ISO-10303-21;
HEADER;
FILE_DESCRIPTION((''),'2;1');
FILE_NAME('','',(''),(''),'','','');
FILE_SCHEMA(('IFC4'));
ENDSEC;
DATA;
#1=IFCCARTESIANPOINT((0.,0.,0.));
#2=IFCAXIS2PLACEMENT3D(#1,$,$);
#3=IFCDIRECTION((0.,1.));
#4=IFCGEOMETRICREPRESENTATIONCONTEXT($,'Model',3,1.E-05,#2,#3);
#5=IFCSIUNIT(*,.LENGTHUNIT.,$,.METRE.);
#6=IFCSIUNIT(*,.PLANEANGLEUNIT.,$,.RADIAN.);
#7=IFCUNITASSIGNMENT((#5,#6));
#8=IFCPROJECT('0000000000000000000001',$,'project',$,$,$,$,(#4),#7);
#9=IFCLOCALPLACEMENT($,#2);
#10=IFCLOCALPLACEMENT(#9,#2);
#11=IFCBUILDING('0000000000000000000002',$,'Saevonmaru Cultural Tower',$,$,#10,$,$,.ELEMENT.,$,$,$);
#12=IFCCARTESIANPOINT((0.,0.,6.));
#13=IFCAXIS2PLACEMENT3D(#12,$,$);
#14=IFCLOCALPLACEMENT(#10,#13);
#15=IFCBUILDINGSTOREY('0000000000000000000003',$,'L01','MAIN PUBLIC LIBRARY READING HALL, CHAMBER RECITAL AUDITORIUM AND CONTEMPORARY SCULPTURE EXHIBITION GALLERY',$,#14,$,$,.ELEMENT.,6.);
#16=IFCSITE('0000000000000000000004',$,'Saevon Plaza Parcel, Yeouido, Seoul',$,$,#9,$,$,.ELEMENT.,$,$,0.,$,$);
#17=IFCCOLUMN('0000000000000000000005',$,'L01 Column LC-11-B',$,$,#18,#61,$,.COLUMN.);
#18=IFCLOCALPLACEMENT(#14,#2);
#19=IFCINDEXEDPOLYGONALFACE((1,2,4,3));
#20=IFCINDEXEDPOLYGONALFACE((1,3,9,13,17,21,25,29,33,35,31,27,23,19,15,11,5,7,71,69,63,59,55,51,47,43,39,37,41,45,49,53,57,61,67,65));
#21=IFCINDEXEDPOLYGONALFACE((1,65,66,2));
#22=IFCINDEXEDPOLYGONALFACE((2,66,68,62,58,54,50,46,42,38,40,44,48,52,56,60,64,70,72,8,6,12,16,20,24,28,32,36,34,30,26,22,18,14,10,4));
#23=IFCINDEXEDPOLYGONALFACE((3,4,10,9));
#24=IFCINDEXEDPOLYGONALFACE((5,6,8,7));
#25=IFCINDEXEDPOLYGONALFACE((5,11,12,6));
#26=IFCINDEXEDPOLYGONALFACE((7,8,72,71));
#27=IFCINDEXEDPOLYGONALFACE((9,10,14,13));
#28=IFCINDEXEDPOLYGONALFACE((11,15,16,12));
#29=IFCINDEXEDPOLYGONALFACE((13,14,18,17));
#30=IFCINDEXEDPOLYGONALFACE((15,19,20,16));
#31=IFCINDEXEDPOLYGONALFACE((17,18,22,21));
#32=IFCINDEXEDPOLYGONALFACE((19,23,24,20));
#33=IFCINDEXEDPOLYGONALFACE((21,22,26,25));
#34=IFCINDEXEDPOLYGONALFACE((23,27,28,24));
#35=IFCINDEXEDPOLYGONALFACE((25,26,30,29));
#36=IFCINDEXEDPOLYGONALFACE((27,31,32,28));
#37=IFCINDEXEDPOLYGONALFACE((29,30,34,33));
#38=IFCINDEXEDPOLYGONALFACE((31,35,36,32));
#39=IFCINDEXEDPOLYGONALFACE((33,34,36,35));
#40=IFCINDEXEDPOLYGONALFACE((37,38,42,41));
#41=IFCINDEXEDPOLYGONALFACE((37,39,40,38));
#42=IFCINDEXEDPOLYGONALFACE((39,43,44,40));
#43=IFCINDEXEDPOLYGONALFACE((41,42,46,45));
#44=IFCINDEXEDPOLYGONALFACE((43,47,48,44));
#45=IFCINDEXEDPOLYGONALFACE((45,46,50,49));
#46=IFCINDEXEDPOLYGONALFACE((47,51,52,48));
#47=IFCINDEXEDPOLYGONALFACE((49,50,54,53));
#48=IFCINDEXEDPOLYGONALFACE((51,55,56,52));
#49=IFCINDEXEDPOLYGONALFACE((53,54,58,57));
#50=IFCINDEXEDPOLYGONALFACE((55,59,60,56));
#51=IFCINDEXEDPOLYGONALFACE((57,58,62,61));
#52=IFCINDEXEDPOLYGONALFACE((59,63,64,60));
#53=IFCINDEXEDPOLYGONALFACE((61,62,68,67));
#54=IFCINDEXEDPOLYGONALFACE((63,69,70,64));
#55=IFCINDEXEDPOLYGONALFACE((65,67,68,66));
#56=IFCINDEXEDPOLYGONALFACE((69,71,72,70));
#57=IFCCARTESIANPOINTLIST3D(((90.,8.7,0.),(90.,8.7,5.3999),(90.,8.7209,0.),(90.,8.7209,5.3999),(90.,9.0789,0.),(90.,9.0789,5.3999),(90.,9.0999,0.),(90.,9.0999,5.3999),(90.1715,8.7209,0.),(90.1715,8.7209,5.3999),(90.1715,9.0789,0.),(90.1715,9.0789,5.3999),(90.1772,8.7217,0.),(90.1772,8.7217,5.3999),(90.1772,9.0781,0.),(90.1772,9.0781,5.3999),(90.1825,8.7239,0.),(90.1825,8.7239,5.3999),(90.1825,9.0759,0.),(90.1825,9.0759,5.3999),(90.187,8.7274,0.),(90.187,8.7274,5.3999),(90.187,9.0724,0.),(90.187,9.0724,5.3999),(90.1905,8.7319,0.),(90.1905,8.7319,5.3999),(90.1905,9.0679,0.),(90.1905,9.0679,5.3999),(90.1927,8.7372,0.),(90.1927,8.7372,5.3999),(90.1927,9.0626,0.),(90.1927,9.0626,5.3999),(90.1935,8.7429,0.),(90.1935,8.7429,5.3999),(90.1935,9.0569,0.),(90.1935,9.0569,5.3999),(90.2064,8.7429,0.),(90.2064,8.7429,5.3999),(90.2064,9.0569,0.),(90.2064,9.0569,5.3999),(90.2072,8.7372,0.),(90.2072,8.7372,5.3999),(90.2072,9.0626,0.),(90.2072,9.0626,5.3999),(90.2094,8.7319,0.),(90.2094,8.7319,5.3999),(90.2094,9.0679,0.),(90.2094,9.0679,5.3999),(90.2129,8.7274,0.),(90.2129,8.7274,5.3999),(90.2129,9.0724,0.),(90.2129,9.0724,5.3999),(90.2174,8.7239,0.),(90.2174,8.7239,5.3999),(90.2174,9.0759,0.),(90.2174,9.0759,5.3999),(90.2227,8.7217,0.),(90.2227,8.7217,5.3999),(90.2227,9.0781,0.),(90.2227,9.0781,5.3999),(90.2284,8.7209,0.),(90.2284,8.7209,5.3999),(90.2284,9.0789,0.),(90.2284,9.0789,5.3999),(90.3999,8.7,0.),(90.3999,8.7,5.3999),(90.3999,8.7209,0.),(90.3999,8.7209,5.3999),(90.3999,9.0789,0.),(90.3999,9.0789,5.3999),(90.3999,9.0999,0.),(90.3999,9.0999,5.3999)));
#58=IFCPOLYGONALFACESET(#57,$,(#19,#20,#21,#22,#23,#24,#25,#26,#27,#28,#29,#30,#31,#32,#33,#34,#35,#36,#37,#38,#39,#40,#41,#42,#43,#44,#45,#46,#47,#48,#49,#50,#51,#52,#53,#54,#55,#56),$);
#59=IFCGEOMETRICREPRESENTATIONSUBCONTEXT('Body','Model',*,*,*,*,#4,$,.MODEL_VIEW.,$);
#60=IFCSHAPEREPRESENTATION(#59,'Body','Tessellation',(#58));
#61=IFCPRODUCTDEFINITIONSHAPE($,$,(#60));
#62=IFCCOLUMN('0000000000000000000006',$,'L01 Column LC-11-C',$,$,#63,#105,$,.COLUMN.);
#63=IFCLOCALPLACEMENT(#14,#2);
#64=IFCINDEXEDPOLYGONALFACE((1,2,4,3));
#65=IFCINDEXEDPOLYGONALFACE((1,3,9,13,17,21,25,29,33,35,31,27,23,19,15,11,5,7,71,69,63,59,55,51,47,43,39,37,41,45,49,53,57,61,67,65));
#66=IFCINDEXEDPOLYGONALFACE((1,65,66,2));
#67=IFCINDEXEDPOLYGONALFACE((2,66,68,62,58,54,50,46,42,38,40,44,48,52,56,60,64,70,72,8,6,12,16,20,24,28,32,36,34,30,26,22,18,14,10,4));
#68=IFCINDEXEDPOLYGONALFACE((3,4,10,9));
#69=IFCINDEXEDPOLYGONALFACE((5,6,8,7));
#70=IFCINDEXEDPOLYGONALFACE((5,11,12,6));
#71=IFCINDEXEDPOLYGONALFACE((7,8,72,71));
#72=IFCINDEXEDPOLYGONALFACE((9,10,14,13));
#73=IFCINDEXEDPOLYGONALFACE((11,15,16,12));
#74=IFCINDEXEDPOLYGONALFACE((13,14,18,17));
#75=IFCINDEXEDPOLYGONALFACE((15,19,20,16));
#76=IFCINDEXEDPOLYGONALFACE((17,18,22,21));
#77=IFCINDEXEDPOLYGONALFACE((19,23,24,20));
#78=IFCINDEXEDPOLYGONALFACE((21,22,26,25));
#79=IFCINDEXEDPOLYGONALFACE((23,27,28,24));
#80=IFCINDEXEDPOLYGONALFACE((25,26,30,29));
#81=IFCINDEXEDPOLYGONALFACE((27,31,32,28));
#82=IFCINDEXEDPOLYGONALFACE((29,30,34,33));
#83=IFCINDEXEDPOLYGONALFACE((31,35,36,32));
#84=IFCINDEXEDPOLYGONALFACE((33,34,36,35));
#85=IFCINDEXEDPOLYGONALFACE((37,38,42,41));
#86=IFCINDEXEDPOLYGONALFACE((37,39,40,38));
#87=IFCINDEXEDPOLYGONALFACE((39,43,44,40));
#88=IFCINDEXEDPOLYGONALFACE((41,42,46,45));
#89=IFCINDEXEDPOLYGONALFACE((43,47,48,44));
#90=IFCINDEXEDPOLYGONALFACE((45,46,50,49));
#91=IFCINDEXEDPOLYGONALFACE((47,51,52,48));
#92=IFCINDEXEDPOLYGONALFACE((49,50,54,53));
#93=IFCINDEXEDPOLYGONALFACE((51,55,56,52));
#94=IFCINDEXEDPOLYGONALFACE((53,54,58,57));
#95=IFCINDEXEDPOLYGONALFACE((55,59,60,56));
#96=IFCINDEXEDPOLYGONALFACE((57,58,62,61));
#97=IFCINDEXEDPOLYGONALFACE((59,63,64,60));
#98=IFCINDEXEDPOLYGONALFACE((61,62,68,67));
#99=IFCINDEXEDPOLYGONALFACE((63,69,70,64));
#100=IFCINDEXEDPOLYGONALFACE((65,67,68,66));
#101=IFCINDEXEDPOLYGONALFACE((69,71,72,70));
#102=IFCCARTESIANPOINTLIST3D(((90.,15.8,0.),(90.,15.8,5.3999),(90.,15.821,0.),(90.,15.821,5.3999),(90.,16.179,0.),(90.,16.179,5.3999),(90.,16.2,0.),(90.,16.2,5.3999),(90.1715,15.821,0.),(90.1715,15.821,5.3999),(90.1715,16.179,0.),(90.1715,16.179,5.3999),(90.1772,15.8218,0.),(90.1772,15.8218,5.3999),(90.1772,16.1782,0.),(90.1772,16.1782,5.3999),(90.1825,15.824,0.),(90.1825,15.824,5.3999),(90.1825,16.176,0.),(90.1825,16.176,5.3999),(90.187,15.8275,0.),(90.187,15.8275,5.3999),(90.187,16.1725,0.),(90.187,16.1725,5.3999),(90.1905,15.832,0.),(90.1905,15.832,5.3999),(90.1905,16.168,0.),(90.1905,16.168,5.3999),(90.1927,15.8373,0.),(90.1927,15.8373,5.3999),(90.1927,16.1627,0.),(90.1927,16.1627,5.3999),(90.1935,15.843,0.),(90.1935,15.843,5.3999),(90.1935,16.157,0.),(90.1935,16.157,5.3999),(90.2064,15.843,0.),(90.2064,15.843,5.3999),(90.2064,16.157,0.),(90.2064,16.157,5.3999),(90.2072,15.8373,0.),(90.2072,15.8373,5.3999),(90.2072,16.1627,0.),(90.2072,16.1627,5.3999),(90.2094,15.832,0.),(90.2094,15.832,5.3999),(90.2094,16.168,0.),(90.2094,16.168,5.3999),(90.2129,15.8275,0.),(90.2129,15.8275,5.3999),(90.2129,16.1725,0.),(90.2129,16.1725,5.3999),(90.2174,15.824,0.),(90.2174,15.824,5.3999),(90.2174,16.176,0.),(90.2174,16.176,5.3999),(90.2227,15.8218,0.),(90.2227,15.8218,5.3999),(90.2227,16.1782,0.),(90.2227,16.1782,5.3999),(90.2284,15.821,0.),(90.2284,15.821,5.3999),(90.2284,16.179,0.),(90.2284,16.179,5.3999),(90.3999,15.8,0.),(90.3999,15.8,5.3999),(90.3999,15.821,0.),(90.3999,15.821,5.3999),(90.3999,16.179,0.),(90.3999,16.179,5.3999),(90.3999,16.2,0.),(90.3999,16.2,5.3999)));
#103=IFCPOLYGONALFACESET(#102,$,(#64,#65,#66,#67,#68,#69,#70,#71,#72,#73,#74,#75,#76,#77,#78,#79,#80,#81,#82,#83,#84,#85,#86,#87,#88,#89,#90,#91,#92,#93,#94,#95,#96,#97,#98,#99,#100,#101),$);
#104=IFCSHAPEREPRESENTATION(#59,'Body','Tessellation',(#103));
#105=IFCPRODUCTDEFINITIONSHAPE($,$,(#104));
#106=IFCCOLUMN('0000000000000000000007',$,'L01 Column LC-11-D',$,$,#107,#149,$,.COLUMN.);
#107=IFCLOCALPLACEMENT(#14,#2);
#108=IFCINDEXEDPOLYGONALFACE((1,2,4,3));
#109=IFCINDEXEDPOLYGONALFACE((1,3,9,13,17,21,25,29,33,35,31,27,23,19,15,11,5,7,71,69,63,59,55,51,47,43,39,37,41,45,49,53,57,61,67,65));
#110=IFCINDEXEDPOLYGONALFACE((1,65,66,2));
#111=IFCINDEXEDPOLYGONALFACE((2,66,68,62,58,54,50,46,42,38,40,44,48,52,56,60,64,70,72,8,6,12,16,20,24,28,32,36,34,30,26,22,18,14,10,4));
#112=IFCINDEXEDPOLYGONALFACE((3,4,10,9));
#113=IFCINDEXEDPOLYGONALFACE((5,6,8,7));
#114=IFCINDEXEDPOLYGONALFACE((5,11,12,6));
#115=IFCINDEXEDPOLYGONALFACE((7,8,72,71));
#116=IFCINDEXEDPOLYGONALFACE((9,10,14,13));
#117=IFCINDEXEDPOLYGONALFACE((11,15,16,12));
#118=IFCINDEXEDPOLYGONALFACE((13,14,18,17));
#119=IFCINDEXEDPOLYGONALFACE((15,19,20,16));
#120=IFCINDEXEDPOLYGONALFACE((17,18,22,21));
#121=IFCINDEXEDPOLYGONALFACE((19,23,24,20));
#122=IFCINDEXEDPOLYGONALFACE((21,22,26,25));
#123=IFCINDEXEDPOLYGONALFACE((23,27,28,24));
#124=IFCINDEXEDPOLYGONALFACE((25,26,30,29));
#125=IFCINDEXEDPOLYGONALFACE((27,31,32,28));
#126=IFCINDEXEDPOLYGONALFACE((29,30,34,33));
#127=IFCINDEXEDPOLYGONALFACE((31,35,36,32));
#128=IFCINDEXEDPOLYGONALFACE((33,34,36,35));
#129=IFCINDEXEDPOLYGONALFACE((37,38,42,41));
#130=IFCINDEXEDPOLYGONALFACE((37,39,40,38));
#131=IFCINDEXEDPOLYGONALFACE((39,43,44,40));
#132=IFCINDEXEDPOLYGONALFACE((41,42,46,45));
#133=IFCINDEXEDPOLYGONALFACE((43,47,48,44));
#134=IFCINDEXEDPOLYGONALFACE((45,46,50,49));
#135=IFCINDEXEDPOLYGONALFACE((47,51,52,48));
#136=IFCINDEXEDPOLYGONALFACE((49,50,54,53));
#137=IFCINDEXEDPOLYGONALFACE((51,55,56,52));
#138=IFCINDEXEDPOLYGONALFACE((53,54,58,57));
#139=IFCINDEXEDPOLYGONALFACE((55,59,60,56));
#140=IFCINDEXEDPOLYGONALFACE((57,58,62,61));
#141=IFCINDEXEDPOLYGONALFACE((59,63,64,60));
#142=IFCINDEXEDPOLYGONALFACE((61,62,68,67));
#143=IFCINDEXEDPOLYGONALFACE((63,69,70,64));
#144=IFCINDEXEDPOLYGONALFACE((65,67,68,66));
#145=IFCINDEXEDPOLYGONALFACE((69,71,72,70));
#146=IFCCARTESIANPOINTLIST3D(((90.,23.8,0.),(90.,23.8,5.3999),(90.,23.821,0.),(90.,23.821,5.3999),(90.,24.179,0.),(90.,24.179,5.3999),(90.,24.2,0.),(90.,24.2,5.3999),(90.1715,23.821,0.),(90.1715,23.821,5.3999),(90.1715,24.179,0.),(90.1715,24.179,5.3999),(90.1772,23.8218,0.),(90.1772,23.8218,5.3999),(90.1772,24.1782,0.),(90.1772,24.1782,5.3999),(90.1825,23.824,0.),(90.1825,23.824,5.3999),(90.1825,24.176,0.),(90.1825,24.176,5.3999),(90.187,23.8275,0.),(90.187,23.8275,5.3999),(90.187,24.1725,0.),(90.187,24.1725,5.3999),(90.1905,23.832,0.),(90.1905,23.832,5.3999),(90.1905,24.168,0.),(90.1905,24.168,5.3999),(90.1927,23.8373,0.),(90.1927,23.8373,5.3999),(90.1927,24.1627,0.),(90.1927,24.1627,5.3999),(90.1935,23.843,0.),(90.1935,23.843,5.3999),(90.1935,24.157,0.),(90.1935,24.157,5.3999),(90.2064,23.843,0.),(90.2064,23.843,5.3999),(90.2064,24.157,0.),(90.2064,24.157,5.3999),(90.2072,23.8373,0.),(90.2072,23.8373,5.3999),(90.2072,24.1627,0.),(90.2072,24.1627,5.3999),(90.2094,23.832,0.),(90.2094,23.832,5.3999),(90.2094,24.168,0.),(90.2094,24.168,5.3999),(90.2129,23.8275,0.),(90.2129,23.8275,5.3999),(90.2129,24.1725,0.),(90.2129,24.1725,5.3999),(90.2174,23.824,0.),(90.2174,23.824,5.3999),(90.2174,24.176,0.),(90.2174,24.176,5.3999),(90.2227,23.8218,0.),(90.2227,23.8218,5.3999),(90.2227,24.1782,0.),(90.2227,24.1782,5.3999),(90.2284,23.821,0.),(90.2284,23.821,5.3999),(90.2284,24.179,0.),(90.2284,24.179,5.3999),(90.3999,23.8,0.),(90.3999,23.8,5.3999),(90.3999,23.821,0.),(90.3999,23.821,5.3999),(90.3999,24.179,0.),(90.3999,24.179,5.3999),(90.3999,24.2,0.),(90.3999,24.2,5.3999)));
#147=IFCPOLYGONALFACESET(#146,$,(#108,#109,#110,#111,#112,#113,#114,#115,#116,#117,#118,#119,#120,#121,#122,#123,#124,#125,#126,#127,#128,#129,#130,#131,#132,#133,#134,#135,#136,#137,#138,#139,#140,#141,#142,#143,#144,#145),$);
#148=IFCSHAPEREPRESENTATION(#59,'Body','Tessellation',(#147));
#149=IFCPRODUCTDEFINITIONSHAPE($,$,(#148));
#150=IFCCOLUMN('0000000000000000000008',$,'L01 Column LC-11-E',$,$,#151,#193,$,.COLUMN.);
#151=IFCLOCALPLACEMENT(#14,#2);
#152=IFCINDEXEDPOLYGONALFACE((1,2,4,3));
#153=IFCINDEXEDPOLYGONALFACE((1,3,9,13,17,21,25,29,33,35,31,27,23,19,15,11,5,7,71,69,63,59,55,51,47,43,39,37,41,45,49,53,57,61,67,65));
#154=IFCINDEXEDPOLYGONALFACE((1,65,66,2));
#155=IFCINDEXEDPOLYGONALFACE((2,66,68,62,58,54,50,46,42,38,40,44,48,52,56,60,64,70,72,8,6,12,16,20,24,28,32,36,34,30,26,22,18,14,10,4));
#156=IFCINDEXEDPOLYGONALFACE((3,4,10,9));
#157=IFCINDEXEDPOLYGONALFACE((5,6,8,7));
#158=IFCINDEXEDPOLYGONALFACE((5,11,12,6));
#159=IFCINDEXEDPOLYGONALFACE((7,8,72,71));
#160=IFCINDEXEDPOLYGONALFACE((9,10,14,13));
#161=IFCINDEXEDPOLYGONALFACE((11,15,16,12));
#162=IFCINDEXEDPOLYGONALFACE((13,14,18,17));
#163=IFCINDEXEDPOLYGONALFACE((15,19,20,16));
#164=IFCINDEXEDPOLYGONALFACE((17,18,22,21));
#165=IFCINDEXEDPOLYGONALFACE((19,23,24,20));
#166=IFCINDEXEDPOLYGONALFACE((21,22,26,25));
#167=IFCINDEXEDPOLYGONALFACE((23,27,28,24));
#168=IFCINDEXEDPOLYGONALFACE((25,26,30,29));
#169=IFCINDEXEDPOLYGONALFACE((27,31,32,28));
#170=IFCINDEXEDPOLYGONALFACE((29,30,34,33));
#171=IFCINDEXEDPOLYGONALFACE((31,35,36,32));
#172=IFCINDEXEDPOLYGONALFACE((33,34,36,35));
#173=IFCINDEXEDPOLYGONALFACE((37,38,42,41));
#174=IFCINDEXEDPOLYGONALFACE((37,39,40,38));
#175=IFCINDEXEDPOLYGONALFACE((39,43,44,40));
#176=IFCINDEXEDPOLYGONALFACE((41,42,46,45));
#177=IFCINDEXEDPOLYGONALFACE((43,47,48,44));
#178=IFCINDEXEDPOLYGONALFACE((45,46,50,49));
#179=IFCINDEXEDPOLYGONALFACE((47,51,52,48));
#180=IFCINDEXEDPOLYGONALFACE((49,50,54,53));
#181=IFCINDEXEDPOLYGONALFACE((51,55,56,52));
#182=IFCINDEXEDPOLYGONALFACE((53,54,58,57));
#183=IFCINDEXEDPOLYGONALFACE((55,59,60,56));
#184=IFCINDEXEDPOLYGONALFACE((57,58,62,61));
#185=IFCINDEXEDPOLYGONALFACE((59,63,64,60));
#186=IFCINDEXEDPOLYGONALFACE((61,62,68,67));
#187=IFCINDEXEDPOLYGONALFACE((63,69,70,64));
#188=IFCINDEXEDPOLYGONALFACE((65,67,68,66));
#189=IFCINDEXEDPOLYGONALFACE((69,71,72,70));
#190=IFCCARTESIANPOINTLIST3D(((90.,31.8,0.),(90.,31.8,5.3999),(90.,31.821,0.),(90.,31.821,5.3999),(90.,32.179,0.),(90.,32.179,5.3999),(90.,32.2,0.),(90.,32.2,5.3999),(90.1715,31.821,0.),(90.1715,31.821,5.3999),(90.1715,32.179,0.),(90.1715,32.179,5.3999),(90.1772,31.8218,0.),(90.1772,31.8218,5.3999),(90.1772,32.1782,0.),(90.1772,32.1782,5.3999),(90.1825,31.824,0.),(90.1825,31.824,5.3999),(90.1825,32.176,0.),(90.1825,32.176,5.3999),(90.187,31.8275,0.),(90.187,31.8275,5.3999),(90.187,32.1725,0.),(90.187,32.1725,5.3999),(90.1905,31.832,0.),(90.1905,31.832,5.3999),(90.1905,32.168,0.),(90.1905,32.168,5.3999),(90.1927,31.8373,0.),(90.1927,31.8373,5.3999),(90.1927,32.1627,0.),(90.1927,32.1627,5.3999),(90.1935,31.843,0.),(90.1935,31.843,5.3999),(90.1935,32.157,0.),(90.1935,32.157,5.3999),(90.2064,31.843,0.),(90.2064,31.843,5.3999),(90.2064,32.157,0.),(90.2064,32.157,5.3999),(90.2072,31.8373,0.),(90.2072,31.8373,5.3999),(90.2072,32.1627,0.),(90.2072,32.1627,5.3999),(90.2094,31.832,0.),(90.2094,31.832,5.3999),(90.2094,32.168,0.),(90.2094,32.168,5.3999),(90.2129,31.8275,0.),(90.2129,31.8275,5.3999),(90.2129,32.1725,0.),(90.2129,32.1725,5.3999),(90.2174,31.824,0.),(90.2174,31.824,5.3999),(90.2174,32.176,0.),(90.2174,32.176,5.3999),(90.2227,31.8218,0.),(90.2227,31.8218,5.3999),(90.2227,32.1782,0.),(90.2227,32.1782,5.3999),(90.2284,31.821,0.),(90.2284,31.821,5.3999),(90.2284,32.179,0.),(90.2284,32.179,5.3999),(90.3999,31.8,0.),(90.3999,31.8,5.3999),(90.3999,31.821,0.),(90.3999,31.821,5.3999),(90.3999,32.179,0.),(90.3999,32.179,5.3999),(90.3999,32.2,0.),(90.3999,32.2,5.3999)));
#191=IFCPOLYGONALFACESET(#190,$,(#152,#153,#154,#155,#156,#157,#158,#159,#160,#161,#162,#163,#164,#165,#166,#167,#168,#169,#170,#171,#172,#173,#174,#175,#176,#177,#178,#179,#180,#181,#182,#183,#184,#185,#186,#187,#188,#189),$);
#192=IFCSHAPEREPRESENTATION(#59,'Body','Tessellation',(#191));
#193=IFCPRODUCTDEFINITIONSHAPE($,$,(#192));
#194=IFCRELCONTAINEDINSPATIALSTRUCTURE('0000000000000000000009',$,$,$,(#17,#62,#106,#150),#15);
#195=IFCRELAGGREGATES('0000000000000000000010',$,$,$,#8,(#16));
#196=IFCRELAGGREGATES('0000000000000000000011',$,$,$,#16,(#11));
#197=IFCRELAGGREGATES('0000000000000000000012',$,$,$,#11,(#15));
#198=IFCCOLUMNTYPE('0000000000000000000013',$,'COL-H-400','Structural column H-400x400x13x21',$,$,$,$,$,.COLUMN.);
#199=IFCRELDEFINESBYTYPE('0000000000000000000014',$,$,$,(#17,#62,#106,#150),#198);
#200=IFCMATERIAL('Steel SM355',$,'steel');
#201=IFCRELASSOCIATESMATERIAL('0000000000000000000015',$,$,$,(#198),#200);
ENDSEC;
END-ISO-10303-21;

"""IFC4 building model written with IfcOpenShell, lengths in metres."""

from ifc_helpers import new_model, si_unit, direction, frame, origin, origin_2d, place, context, subcontext, project, spatial, i_section, extrude, material, material_profile, profile_set, type_object, element, save


model = new_model("IFC4")

# Units and contexts
model_context = context("Model", 3, precision=1e-05, world=origin(), true_north=direction((0.0, 1.0)))
body_context = subcontext(model_context, "Body", "Model", "MODEL_VIEW")
ifc_project = project(units=[si_unit("LENGTHUNIT", "METRE"), si_unit("PLANEANGLEUNIT", "RADIAN")], contexts=[model_context])

# Site, building, storey
site_placement = place(None, origin())
site = spatial("IfcSite", under=ifc_project, at=site_placement, Name="Saevon Plaza Parcel, Yeouido, Seoul", CompositionType="ELEMENT", RefElevation=0.0)
building_placement = place(site_placement, origin())
building = spatial("IfcBuilding", under=site, at=building_placement, Name="Saevonmaru Cultural Tower", CompositionType="ELEMENT")
storey_placement = place(building_placement, frame((0.0, 0.0, 6.0)))
storey = spatial("IfcBuildingStorey", under=building, at=storey_placement, Name="L01", Description="MAIN PUBLIC LIBRARY READING HALL, CHAMBER RECITAL AUDITORIUM AND CONTEMPORARY SCULPTURE EXHIBITION GALLERY", CompositionType="ELEMENT", Elevation=6.0)

# Columns
ifc_material_1 = material(Name="Steel SM355", Category="steel")
ifc_material_profile_1 = material_profile(ifc_material_1, i_section(OverallWidth=0.3999, OverallDepth=0.3999, WebThickness=0.0129, FlangeThickness=0.021, FilletRadius=0.022, at=origin_2d()), Name="H-400x400x13x21")
ifc_profile_set_1 = profile_set([ifc_material_profile_1], Name="Steel SM355")
column_type_1 = type_object("IfcColumnType", Name="COL-H-400", Description="Structural column H-400x400x13x21", PredefinedType="COLUMN", material=ifc_profile_set_1)
for number, where, z_axis, x_axis, name in (
    (1, (90.2, 8.8999, 0.0), (0.0, 0.0, 1.0), (1.0, 0.0, 0.0), "L01 Column LC-11-B"),
    (2, (90.2, 16.0, 0.0), (0.0, 0.0, 1.0), (1.0, 0.0, 0.0), "L01 Column LC-11-C"),
    (3, (90.2, 24.0, 0.0), (0.0, 0.0, 1.0), (1.0, 0.0, 0.0), "L01 Column LC-11-D"),
    (4, (90.2, 32.0, 0.0), (0.0, 0.0, 1.0), (1.0, 0.0, 0.0), "L01 Column LC-11-E"),
):
    element("IfcColumn", number, at=place(storey_placement, frame(where, z_axis=z_axis, x_axis=x_axis)), inside=storey, type_object=column_type_1, Name=name, PredefinedType="COLUMN", context=body_context, shape_type="SweptSolid", body=[
        extrude(i_section(OverallWidth=0.3999, OverallDepth=0.3999, WebThickness=0.0129, FlangeThickness=0.021, FilletRadius=0.022, at=origin_2d()), origin(), (0.0, 0.0, 1.0), 5.3999),
    ])

save(model, "model.ifc")
